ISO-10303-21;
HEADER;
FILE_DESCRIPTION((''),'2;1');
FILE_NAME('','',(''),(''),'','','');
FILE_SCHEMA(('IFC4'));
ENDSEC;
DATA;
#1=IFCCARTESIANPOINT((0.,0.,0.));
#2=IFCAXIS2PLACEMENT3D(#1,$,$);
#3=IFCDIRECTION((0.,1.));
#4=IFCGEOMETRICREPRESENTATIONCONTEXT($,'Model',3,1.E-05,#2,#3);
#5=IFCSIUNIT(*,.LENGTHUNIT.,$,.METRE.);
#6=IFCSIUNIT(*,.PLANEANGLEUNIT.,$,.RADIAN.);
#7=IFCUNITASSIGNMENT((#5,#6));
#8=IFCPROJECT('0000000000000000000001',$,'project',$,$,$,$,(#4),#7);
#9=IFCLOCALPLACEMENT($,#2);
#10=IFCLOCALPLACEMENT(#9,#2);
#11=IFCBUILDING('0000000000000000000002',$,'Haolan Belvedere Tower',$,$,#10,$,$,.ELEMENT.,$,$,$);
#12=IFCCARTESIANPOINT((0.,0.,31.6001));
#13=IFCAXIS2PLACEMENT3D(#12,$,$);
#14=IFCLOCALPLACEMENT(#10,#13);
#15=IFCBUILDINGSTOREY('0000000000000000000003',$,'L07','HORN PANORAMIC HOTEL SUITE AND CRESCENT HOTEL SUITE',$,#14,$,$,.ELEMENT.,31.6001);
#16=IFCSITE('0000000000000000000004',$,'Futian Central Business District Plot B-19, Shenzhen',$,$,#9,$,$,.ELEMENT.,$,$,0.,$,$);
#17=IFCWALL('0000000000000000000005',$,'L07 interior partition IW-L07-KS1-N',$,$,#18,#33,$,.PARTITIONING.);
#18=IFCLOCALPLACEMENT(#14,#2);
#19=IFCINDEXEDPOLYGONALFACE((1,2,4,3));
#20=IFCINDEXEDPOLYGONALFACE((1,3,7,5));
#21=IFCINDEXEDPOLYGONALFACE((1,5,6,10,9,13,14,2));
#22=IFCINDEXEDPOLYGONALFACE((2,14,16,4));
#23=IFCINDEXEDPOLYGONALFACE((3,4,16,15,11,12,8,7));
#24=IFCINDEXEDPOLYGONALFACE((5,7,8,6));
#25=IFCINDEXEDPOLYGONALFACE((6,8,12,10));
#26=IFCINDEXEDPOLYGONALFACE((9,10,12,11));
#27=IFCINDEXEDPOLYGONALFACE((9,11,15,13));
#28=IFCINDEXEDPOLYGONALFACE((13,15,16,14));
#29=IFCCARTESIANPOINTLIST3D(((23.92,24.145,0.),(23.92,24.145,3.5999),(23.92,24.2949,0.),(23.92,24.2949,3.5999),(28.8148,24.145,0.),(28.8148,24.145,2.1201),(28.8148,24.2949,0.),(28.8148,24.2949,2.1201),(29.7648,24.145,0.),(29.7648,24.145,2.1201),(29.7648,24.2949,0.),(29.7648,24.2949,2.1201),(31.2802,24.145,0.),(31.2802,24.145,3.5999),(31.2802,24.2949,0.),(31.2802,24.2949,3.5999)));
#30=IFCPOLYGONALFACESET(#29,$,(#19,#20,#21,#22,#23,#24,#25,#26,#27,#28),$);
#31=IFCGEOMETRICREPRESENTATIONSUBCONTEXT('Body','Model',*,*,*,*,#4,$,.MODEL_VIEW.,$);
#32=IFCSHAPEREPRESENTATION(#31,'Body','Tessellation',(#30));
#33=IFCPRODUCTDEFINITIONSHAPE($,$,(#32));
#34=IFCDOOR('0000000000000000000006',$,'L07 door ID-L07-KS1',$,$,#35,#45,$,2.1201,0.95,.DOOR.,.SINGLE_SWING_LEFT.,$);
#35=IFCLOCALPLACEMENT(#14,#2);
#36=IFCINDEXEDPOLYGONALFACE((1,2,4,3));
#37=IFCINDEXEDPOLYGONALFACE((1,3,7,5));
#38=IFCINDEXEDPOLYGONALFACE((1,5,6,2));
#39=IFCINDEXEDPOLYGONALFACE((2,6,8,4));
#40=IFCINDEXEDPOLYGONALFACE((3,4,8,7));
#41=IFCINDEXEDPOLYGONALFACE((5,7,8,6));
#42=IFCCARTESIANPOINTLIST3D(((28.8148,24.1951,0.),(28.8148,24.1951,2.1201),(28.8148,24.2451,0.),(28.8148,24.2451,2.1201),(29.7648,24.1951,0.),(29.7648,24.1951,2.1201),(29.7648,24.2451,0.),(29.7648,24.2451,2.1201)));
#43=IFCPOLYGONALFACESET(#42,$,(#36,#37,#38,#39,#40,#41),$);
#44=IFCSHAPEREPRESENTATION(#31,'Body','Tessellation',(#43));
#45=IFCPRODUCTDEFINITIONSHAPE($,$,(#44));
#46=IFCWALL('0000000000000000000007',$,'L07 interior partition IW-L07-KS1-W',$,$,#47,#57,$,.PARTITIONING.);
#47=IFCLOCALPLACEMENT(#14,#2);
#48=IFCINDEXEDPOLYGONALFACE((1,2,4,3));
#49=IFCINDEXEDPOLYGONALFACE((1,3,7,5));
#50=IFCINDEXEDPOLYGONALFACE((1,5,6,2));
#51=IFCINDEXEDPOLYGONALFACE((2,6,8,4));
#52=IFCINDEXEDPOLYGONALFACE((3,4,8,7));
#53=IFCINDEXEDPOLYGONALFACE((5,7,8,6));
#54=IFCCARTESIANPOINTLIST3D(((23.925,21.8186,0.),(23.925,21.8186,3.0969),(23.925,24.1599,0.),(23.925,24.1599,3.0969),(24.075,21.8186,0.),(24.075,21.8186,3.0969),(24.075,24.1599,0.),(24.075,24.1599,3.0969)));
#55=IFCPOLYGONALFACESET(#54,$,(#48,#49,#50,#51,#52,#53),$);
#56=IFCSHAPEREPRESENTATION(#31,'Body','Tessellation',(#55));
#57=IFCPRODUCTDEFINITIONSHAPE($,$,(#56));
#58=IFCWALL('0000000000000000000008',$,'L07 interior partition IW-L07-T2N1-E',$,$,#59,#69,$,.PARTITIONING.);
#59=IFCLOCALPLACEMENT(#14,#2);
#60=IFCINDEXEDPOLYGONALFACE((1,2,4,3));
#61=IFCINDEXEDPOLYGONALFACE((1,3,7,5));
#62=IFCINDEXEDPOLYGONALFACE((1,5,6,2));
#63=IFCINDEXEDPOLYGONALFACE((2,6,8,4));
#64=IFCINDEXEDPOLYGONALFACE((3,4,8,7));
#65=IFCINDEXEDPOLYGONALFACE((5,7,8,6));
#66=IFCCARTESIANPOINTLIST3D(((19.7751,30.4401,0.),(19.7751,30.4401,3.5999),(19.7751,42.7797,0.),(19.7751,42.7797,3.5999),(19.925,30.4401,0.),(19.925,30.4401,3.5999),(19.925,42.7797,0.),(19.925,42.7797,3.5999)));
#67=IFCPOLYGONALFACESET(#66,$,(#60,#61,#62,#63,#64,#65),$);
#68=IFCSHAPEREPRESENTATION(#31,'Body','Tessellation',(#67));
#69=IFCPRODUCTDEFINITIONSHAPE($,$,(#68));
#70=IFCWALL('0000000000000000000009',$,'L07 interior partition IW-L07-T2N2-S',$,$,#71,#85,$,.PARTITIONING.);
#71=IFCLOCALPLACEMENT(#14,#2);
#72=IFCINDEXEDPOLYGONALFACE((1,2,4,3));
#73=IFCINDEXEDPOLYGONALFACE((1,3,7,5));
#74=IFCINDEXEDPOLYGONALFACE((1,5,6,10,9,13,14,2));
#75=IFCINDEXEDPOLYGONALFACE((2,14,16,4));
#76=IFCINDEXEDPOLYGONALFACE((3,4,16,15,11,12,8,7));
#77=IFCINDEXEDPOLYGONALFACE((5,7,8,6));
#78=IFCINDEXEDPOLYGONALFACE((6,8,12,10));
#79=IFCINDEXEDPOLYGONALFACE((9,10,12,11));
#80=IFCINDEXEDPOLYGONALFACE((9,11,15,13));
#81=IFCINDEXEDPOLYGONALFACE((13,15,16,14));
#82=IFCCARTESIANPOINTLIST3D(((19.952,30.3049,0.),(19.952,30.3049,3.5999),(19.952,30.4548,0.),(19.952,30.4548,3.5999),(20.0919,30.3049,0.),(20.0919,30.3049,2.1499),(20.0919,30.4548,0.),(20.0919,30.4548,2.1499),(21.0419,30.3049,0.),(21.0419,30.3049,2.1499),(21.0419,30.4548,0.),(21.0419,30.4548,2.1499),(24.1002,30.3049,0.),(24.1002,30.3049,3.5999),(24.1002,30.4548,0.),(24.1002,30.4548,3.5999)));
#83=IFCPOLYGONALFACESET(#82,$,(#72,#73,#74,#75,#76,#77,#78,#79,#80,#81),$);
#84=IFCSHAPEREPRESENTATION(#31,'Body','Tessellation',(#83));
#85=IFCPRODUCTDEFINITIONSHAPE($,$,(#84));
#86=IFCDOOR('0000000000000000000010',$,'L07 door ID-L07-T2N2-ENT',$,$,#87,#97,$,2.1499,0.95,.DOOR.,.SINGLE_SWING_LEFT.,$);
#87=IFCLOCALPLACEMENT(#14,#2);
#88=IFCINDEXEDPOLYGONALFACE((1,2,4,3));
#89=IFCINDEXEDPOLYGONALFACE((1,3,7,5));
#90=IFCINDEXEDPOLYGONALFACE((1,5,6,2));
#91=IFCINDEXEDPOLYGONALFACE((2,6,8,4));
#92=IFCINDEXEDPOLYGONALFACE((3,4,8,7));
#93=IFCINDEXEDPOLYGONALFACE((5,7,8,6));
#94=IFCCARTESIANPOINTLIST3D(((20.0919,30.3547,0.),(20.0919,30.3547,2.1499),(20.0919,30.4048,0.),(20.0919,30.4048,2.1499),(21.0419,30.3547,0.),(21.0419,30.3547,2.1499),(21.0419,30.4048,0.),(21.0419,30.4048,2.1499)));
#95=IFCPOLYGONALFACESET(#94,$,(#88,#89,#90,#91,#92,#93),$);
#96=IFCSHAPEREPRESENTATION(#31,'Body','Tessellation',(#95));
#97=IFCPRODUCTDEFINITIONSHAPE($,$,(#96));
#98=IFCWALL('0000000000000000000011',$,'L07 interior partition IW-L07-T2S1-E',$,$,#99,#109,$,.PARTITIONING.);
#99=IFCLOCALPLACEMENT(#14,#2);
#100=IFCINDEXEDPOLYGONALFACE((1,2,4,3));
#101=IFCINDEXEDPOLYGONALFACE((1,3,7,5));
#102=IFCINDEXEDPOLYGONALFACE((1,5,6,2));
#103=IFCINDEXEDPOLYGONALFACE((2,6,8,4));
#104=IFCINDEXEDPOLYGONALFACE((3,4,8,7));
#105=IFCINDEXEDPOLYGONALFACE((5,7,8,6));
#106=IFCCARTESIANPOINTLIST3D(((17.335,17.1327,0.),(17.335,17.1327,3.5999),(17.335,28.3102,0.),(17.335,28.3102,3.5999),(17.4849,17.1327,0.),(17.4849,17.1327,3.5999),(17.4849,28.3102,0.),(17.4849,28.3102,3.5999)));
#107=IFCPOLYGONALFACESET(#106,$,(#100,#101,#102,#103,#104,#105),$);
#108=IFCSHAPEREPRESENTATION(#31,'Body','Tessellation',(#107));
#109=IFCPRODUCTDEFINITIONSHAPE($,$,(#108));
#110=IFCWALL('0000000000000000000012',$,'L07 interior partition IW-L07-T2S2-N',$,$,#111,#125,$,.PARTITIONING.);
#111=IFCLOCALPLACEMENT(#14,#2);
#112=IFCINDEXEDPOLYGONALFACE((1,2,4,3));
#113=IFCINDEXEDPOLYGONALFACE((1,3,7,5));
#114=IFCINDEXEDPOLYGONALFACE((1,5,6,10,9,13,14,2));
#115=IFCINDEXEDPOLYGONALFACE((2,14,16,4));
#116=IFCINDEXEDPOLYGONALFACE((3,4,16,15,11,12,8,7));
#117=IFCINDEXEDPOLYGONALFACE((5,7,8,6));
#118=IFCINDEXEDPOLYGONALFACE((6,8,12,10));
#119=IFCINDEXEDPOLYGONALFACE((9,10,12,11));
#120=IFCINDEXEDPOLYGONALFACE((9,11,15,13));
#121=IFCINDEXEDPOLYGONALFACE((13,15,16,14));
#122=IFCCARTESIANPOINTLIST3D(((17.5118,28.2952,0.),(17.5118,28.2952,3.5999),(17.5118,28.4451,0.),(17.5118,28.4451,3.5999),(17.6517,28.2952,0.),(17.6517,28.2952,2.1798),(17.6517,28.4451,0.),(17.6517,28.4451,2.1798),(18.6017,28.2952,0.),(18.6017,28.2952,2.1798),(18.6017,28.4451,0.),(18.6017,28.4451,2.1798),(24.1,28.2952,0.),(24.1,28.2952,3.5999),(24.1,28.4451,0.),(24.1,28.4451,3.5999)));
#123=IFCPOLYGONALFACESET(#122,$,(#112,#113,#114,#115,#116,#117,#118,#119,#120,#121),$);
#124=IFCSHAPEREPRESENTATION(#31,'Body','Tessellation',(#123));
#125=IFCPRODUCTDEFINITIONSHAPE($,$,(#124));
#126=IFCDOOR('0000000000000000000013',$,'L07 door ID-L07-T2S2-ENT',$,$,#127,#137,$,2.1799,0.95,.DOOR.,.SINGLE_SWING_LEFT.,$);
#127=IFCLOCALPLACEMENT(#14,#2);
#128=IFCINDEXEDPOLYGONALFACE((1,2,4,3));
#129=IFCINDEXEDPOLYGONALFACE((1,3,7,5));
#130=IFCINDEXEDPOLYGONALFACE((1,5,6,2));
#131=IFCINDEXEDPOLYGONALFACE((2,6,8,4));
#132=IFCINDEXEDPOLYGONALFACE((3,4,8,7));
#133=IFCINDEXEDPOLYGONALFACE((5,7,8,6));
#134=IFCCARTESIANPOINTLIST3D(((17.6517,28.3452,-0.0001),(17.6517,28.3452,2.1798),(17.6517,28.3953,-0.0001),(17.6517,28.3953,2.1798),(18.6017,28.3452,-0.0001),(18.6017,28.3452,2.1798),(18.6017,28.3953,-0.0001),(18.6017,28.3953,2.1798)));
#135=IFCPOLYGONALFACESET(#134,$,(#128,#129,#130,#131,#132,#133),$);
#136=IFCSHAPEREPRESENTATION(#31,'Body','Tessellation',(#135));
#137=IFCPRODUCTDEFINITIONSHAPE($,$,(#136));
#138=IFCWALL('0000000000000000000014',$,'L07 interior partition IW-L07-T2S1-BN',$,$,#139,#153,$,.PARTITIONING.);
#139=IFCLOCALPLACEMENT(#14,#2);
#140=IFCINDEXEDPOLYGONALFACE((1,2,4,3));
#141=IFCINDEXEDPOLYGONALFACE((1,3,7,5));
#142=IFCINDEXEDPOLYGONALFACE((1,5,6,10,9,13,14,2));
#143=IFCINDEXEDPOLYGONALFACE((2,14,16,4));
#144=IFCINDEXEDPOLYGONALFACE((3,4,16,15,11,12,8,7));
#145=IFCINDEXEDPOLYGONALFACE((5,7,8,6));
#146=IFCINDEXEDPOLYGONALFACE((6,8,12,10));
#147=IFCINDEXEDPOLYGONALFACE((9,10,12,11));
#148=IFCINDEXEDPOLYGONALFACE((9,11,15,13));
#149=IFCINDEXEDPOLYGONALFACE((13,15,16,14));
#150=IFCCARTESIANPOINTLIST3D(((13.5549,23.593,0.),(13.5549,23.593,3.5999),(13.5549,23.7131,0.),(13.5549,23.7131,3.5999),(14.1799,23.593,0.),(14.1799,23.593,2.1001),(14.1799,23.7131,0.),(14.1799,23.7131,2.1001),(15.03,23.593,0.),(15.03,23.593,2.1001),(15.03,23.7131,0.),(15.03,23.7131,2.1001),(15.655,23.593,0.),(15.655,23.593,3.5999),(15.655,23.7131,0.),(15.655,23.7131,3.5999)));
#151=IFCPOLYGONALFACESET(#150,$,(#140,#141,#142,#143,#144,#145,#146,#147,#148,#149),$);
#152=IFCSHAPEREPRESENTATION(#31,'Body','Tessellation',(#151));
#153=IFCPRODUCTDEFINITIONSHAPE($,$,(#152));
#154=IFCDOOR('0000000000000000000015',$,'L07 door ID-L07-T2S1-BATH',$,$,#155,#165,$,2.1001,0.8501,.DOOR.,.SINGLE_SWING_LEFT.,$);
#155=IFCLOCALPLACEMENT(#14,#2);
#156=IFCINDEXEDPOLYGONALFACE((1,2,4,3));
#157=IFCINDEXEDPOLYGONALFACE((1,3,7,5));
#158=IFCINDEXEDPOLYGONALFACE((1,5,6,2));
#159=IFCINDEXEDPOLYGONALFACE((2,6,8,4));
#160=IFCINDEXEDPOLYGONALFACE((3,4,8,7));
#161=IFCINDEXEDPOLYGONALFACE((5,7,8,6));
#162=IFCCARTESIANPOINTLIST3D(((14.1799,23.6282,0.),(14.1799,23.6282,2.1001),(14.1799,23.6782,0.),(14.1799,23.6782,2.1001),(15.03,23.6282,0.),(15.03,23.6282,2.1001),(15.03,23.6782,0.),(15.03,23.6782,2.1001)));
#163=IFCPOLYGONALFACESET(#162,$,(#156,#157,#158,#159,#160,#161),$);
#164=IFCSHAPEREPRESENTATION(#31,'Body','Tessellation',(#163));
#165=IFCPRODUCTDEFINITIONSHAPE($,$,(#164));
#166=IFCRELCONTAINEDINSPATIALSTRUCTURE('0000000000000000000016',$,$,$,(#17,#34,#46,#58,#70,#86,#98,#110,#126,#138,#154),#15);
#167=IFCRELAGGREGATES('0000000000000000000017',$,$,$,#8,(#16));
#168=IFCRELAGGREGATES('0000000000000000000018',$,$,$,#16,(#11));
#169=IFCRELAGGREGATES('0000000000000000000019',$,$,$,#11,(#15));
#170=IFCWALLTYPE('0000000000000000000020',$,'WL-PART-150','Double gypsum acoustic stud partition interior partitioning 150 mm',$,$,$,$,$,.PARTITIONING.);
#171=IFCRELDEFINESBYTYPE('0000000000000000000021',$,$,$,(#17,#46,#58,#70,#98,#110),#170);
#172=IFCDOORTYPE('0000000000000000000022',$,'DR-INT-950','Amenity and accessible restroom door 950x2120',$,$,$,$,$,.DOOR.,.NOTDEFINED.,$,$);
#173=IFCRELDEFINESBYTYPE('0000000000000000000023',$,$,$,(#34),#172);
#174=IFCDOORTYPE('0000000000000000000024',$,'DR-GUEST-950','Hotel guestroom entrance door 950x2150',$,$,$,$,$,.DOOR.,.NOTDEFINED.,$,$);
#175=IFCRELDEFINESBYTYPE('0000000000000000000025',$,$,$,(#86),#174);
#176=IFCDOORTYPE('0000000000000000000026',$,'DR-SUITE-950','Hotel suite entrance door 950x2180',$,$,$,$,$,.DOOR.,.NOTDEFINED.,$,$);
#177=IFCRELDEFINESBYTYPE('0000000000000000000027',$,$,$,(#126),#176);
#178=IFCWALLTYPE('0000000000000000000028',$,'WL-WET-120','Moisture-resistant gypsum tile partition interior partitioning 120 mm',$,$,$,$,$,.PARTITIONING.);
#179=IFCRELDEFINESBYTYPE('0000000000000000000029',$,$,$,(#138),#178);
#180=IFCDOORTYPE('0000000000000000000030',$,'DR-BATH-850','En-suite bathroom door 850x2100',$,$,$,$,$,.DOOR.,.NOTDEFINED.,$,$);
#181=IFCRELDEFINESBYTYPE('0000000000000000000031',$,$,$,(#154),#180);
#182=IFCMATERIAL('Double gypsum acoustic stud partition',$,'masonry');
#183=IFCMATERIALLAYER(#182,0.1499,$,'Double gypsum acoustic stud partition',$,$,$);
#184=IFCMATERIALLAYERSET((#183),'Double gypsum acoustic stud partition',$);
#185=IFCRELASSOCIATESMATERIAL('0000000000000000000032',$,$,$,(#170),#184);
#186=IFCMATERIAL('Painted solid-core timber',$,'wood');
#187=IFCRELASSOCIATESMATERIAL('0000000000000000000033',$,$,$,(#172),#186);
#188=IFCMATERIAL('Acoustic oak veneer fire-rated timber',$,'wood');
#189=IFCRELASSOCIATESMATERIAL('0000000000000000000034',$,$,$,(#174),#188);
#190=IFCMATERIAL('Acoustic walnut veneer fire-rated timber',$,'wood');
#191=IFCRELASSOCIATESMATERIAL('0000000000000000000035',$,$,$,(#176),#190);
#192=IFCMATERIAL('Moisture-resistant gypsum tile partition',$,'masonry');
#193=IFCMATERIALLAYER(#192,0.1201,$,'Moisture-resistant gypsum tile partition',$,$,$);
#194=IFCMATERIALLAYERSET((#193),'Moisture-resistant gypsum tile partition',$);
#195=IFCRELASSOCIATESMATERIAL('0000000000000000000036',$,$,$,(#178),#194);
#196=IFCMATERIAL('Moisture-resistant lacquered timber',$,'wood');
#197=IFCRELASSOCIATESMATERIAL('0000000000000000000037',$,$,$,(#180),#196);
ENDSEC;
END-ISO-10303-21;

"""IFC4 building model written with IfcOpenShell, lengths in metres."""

from ifc_helpers import new_model, si_unit, direction, frame, frame_2d, origin, place, context, subcontext, project, spatial, rectangle, extrude, material, layer, layer_set, type_object, element, fill, save


model = new_model("IFC4")

# Units and contexts
model_context = context("Model", 3, precision=1e-05, world=origin(), true_north=direction((0.0, 1.0)))
body_context = subcontext(model_context, "Body", "Model", "MODEL_VIEW")
ifc_project = project(units=[si_unit("LENGTHUNIT", "METRE"), si_unit("PLANEANGLEUNIT", "RADIAN")], contexts=[model_context])

# Site, building, storey
site_placement = place(None, origin())
site = spatial("IfcSite", under=ifc_project, at=site_placement, Name="Futian Central Business District Plot B-19, Shenzhen", CompositionType="ELEMENT", RefElevation=0.0)
building_placement = place(site_placement, origin())
building = spatial("IfcBuilding", under=site, at=building_placement, Name="Haolan Belvedere Tower", CompositionType="ELEMENT")
storey_placement = place(building_placement, frame((0.0, 0.0, 31.6001)))
storey = spatial("IfcBuildingStorey", under=building, at=storey_placement, Name="L07", Description="HORN PANORAMIC HOTEL SUITE AND CRESCENT HOTEL SUITE", CompositionType="ELEMENT", Elevation=31.6001)

# Wall, opening, door
ifc_material_1 = material(Name="Double gypsum acoustic stud partition", Category="masonry")
ifc_layer_1 = layer(ifc_material_1, 0.1499, Name="Double gypsum acoustic stud partition")
ifc_layer_set_1 = layer_set([ifc_layer_1], Name="Double gypsum acoustic stud partition")
wall_type_1 = type_object("IfcWallType", Name="WL-PART-150", Description="Double gypsum acoustic stud partition interior partitioning 150 mm", PredefinedType="PARTITIONING", material=ifc_layer_set_1)
wall_1_placement = place(storey_placement, frame((23.9199, 24.22, 0.0), z_axis=(0.0, 0.0, 1.0), x_axis=(1.0, 0.0, 0.0)))
wall_1 = element("IfcWall", 1, at=wall_1_placement, inside=storey, type_object=wall_type_1, Name="L07 interior partition IW-L07-KS1-N", PredefinedType="PARTITIONING", context=body_context, shape_type="SweptSolid", body=[
    extrude(rectangle(XDim=7.3601, YDim=0.1499, at=frame_2d((3.6802, 0.0))), origin(), (0.0, 0.0, 1.0), 3.5999),
])
opening_1_placement = place(wall_1_placement, frame((5.845, 0.0, 0.0), z_axis=(0.0, 0.0, 1.0), x_axis=(-1.0, 0.0, 0.0)))
opening_1 = element("IfcOpeningElement", 2, at=opening_1_placement, cuts=wall_1, PredefinedType="OPENING", context=body_context, shape_type="SweptSolid", body=[
    extrude(rectangle(XDim=0.95, YDim=2.1201, at=frame_2d((0.4751, 1.0601))), frame((0.0, 0.085, 0.0), z_axis=(0.0, -1.0, 0.0), x_axis=(1.0, 0.0, 0.0)), (0.0, 0.0, 1.0), 0.1699),
])
ifc_material_2 = material(Name="Painted solid-core timber", Category="wood")
door_type_1 = type_object("IfcDoorType", Name="DR-INT-950", Description="Amenity and accessible restroom door 950x2120", OperationType="NOTDEFINED", PredefinedType="DOOR", material=ifc_material_2)
door_1_placement = place(opening_1_placement, origin())
door_1 = element("IfcDoor", 3, at=door_1_placement, inside=storey, type_object=door_type_1, Name="L07 door ID-L07-KS1", OperationType="SINGLE_SWING_LEFT", OverallHeight=2.1201, OverallWidth=0.95, PredefinedType="DOOR", context=body_context, shape_type="SweptSolid", body=[
    extrude(rectangle(XDim=0.95, YDim=2.1201, at=frame_2d((0.4751, 1.0601))), frame((0.0, 0.0249, 0.0), z_axis=(0.0, -1.0, 0.0), x_axis=(1.0, 0.0, 0.0)), (0.0, 0.0, 1.0), 0.05),
])
fill(opening_1, door_1)

# Walls
wall_2_placement = place(storey_placement, frame((24.0, 21.8186, 0.0), z_axis=(0.0, 0.0, 1.0), x_axis=(0.0, 1.0, 0.0)))
element("IfcWall", 4, at=wall_2_placement, inside=storey, type_object=wall_type_1, Name="L07 interior partition IW-L07-KS1-W", PredefinedType="PARTITIONING", context=body_context, shape_type="SweptSolid", body=[
    extrude(rectangle(XDim=2.3413, YDim=0.1499, at=frame_2d((1.1707, 0.0))), origin(), (0.0, 0.0, 1.0), 3.0969),
])
wall_3_placement = place(storey_placement, frame((19.8501, 30.4399, 0.0), z_axis=(0.0, 0.0, 1.0), x_axis=(0.0, 1.0, 0.0)))
element("IfcWall", 5, at=wall_3_placement, inside=storey, type_object=wall_type_1, Name="L07 interior partition IW-L07-T2N1-E", PredefinedType="PARTITIONING", context=body_context, shape_type="SweptSolid", body=[
    extrude(rectangle(XDim=12.3396, YDim=0.1499, at=frame_2d((6.1699, 0.0))), origin(), (0.0, 0.0, 1.0), 3.5999),
])

# Wall, opening, door
wall_4_placement = place(storey_placement, frame((19.9519, 30.3799, 0.0), z_axis=(0.0, 0.0, 1.0), x_axis=(1.0, 0.0, 0.0)))
wall_4 = element("IfcWall", 6, at=wall_4_placement, inside=storey, type_object=wall_type_1, Name="L07 interior partition IW-L07-T2N2-S", PredefinedType="PARTITIONING", context=body_context, shape_type="SweptSolid", body=[
    extrude(rectangle(XDim=4.1482, YDim=0.1499, at=frame_2d((2.0742, 0.0))), origin(), (0.0, 0.0, 1.0), 3.5999),
])
opening_2_placement = place(wall_4_placement, frame((0.1399, 0.0, 0.0)))
opening_2 = element("IfcOpeningElement", 7, at=opening_2_placement, cuts=wall_4, PredefinedType="OPENING", context=body_context, shape_type="SweptSolid", body=[
    extrude(rectangle(XDim=0.95, YDim=2.1499, at=frame_2d((0.4751, 1.075))), frame((0.0, 0.085, 0.0), z_axis=(0.0, -1.0, 0.0), x_axis=(1.0, 0.0, 0.0)), (0.0, 0.0, 1.0), 0.1699),
])
ifc_material_3 = material(Name="Acoustic oak veneer fire-rated timber", Category="wood")
door_type_2 = type_object("IfcDoorType", Name="DR-GUEST-950", Description="Hotel guestroom entrance door 950x2150", OperationType="NOTDEFINED", PredefinedType="DOOR", material=ifc_material_3)
door_2_placement = place(opening_2_placement, origin())
door_2 = element("IfcDoor", 8, at=door_2_placement, inside=storey, type_object=door_type_2, Name="L07 door ID-L07-T2N2-ENT", OperationType="SINGLE_SWING_LEFT", OverallHeight=2.1499, OverallWidth=0.95, PredefinedType="DOOR", context=body_context, shape_type="SweptSolid", body=[
    extrude(rectangle(XDim=0.95, YDim=2.1499, at=frame_2d((0.4751, 1.075))), frame((0.0, 0.0249, 0.0), z_axis=(0.0, -1.0, 0.0), x_axis=(1.0, 0.0, 0.0)), (0.0, 0.0, 1.0), 0.05),
])
fill(opening_2, door_2)

# Wall
wall_5_placement = place(storey_placement, frame((17.4099, 17.1326, 0.0), z_axis=(0.0, 0.0, 1.0), x_axis=(0.0, 1.0, 0.0)))
element("IfcWall", 9, at=wall_5_placement, inside=storey, type_object=wall_type_1, Name="L07 interior partition IW-L07-T2S1-E", PredefinedType="PARTITIONING", context=body_context, shape_type="SweptSolid", body=[
    extrude(rectangle(XDim=11.1775, YDim=0.1499, at=frame_2d((5.5889, 0.0))), origin(), (0.0, 0.0, 1.0), 3.5999),
])

# Walls, openings, doors
wall_6_placement = place(storey_placement, frame((17.512, 28.3701, 0.0), z_axis=(0.0, 0.0, 1.0), x_axis=(1.0, 0.0, 0.0)))
wall_6 = element("IfcWall", 10, at=wall_6_placement, inside=storey, type_object=wall_type_1, Name="L07 interior partition IW-L07-T2S2-N", PredefinedType="PARTITIONING", context=body_context, shape_type="SweptSolid", body=[
    extrude(rectangle(XDim=6.5881, YDim=0.1499, at=frame_2d((3.2939, 0.0))), origin(), (0.0, 0.0, 1.0), 3.5999),
])
opening_3_placement = place(wall_6_placement, frame((1.0898, 0.0, 0.0), z_axis=(0.0, 0.0, 1.0), x_axis=(-1.0, 0.0, 0.0)))
opening_3 = element("IfcOpeningElement", 11, at=opening_3_placement, cuts=wall_6, PredefinedType="OPENING", context=body_context, shape_type="SweptSolid", body=[
    extrude(rectangle(XDim=0.95, YDim=2.1799, at=frame_2d((0.4751, 1.0898))), frame((0.0, 0.085, 0.0), z_axis=(0.0, -1.0, 0.0), x_axis=(1.0, 0.0, 0.0)), (0.0, 0.0, 1.0), 0.1699),
])
ifc_material_4 = material(Name="Acoustic walnut veneer fire-rated timber", Category="wood")
door_type_3 = type_object("IfcDoorType", Name="DR-SUITE-950", Description="Hotel suite entrance door 950x2180", OperationType="NOTDEFINED", PredefinedType="DOOR", material=ifc_material_4)
door_3_placement = place(opening_3_placement, origin())
door_3 = element("IfcDoor", 12, at=door_3_placement, inside=storey, type_object=door_type_3, Name="L07 door ID-L07-T2S2-ENT", OperationType="SINGLE_SWING_LEFT", OverallHeight=2.1799, OverallWidth=0.95, PredefinedType="DOOR", context=body_context, shape_type="SweptSolid", body=[
    extrude(rectangle(XDim=0.95, YDim=2.1799, at=frame_2d((0.4751, 1.0898))), frame((0.0, 0.0249, 0.0), z_axis=(0.0, -1.0, 0.0), x_axis=(1.0, 0.0, 0.0)), (0.0, 0.0, 1.0), 0.05),
])
fill(opening_3, door_3)
ifc_material_5 = material(Name="Moisture-resistant gypsum tile partition", Category="masonry")
ifc_layer_2 = layer(ifc_material_5, 0.1201, Name="Moisture-resistant gypsum tile partition")
ifc_layer_set_2 = layer_set([ifc_layer_2], Name="Moisture-resistant gypsum tile partition")
wall_type_2 = type_object("IfcWallType", Name="WL-WET-120", Description="Moisture-resistant gypsum tile partition interior partitioning 120 mm", PredefinedType="PARTITIONING", material=ifc_layer_set_2)
wall_7_placement = place(storey_placement, frame((13.5549, 23.6531, 0.0), z_axis=(0.0, 0.0, 1.0), x_axis=(1.0, 0.0, 0.0)))
wall_7 = element("IfcWall", 13, at=wall_7_placement, inside=storey, type_object=wall_type_2, Name="L07 interior partition IW-L07-T2S1-BN", PredefinedType="PARTITIONING", context=body_context, shape_type="SweptSolid", body=[
    extrude(rectangle(XDim=2.1001, YDim=0.1201, at=frame_2d((1.05, 0.0))), origin(), (0.0, 0.0, 1.0), 3.5999),
])
opening_4_placement = place(wall_7_placement, frame((1.4751, 0.0, 0.0), z_axis=(0.0, 0.0, 1.0), x_axis=(-1.0, 0.0, 0.0)))
opening_4 = element("IfcOpeningElement", 14, at=opening_4_placement, cuts=wall_7, PredefinedType="OPENING", context=body_context, shape_type="SweptSolid", body=[
    extrude(rectangle(XDim=0.8501, YDim=2.1001, at=frame_2d((0.425, 1.05))), frame((0.0, 0.0701, 0.0), z_axis=(0.0, -1.0, 0.0), x_axis=(1.0, 0.0, 0.0)), (0.0, 0.0, 1.0), 0.1401),
])
ifc_material_6 = material(Name="Moisture-resistant lacquered timber", Category="wood")
door_type_4 = type_object("IfcDoorType", Name="DR-BATH-850", Description="En-suite bathroom door 850x2100", OperationType="NOTDEFINED", PredefinedType="DOOR", material=ifc_material_6)
door_4_placement = place(opening_4_placement, origin())
door_4 = element("IfcDoor", 15, at=door_4_placement, inside=storey, type_object=door_type_4, Name="L07 door ID-L07-T2S1-BATH", OperationType="SINGLE_SWING_LEFT", OverallHeight=2.1001, OverallWidth=0.8501, PredefinedType="DOOR", context=body_context, shape_type="SweptSolid", body=[
    extrude(rectangle(XDim=0.8501, YDim=2.1001, at=frame_2d((0.425, 1.05))), frame((0.0, 0.0249, 0.0), z_axis=(0.0, -1.0, 0.0), x_axis=(1.0, 0.0, 0.0)), (0.0, 0.0, 1.0), 0.05),
])
fill(opening_4, door_4)

save(model, "model.ifc")
